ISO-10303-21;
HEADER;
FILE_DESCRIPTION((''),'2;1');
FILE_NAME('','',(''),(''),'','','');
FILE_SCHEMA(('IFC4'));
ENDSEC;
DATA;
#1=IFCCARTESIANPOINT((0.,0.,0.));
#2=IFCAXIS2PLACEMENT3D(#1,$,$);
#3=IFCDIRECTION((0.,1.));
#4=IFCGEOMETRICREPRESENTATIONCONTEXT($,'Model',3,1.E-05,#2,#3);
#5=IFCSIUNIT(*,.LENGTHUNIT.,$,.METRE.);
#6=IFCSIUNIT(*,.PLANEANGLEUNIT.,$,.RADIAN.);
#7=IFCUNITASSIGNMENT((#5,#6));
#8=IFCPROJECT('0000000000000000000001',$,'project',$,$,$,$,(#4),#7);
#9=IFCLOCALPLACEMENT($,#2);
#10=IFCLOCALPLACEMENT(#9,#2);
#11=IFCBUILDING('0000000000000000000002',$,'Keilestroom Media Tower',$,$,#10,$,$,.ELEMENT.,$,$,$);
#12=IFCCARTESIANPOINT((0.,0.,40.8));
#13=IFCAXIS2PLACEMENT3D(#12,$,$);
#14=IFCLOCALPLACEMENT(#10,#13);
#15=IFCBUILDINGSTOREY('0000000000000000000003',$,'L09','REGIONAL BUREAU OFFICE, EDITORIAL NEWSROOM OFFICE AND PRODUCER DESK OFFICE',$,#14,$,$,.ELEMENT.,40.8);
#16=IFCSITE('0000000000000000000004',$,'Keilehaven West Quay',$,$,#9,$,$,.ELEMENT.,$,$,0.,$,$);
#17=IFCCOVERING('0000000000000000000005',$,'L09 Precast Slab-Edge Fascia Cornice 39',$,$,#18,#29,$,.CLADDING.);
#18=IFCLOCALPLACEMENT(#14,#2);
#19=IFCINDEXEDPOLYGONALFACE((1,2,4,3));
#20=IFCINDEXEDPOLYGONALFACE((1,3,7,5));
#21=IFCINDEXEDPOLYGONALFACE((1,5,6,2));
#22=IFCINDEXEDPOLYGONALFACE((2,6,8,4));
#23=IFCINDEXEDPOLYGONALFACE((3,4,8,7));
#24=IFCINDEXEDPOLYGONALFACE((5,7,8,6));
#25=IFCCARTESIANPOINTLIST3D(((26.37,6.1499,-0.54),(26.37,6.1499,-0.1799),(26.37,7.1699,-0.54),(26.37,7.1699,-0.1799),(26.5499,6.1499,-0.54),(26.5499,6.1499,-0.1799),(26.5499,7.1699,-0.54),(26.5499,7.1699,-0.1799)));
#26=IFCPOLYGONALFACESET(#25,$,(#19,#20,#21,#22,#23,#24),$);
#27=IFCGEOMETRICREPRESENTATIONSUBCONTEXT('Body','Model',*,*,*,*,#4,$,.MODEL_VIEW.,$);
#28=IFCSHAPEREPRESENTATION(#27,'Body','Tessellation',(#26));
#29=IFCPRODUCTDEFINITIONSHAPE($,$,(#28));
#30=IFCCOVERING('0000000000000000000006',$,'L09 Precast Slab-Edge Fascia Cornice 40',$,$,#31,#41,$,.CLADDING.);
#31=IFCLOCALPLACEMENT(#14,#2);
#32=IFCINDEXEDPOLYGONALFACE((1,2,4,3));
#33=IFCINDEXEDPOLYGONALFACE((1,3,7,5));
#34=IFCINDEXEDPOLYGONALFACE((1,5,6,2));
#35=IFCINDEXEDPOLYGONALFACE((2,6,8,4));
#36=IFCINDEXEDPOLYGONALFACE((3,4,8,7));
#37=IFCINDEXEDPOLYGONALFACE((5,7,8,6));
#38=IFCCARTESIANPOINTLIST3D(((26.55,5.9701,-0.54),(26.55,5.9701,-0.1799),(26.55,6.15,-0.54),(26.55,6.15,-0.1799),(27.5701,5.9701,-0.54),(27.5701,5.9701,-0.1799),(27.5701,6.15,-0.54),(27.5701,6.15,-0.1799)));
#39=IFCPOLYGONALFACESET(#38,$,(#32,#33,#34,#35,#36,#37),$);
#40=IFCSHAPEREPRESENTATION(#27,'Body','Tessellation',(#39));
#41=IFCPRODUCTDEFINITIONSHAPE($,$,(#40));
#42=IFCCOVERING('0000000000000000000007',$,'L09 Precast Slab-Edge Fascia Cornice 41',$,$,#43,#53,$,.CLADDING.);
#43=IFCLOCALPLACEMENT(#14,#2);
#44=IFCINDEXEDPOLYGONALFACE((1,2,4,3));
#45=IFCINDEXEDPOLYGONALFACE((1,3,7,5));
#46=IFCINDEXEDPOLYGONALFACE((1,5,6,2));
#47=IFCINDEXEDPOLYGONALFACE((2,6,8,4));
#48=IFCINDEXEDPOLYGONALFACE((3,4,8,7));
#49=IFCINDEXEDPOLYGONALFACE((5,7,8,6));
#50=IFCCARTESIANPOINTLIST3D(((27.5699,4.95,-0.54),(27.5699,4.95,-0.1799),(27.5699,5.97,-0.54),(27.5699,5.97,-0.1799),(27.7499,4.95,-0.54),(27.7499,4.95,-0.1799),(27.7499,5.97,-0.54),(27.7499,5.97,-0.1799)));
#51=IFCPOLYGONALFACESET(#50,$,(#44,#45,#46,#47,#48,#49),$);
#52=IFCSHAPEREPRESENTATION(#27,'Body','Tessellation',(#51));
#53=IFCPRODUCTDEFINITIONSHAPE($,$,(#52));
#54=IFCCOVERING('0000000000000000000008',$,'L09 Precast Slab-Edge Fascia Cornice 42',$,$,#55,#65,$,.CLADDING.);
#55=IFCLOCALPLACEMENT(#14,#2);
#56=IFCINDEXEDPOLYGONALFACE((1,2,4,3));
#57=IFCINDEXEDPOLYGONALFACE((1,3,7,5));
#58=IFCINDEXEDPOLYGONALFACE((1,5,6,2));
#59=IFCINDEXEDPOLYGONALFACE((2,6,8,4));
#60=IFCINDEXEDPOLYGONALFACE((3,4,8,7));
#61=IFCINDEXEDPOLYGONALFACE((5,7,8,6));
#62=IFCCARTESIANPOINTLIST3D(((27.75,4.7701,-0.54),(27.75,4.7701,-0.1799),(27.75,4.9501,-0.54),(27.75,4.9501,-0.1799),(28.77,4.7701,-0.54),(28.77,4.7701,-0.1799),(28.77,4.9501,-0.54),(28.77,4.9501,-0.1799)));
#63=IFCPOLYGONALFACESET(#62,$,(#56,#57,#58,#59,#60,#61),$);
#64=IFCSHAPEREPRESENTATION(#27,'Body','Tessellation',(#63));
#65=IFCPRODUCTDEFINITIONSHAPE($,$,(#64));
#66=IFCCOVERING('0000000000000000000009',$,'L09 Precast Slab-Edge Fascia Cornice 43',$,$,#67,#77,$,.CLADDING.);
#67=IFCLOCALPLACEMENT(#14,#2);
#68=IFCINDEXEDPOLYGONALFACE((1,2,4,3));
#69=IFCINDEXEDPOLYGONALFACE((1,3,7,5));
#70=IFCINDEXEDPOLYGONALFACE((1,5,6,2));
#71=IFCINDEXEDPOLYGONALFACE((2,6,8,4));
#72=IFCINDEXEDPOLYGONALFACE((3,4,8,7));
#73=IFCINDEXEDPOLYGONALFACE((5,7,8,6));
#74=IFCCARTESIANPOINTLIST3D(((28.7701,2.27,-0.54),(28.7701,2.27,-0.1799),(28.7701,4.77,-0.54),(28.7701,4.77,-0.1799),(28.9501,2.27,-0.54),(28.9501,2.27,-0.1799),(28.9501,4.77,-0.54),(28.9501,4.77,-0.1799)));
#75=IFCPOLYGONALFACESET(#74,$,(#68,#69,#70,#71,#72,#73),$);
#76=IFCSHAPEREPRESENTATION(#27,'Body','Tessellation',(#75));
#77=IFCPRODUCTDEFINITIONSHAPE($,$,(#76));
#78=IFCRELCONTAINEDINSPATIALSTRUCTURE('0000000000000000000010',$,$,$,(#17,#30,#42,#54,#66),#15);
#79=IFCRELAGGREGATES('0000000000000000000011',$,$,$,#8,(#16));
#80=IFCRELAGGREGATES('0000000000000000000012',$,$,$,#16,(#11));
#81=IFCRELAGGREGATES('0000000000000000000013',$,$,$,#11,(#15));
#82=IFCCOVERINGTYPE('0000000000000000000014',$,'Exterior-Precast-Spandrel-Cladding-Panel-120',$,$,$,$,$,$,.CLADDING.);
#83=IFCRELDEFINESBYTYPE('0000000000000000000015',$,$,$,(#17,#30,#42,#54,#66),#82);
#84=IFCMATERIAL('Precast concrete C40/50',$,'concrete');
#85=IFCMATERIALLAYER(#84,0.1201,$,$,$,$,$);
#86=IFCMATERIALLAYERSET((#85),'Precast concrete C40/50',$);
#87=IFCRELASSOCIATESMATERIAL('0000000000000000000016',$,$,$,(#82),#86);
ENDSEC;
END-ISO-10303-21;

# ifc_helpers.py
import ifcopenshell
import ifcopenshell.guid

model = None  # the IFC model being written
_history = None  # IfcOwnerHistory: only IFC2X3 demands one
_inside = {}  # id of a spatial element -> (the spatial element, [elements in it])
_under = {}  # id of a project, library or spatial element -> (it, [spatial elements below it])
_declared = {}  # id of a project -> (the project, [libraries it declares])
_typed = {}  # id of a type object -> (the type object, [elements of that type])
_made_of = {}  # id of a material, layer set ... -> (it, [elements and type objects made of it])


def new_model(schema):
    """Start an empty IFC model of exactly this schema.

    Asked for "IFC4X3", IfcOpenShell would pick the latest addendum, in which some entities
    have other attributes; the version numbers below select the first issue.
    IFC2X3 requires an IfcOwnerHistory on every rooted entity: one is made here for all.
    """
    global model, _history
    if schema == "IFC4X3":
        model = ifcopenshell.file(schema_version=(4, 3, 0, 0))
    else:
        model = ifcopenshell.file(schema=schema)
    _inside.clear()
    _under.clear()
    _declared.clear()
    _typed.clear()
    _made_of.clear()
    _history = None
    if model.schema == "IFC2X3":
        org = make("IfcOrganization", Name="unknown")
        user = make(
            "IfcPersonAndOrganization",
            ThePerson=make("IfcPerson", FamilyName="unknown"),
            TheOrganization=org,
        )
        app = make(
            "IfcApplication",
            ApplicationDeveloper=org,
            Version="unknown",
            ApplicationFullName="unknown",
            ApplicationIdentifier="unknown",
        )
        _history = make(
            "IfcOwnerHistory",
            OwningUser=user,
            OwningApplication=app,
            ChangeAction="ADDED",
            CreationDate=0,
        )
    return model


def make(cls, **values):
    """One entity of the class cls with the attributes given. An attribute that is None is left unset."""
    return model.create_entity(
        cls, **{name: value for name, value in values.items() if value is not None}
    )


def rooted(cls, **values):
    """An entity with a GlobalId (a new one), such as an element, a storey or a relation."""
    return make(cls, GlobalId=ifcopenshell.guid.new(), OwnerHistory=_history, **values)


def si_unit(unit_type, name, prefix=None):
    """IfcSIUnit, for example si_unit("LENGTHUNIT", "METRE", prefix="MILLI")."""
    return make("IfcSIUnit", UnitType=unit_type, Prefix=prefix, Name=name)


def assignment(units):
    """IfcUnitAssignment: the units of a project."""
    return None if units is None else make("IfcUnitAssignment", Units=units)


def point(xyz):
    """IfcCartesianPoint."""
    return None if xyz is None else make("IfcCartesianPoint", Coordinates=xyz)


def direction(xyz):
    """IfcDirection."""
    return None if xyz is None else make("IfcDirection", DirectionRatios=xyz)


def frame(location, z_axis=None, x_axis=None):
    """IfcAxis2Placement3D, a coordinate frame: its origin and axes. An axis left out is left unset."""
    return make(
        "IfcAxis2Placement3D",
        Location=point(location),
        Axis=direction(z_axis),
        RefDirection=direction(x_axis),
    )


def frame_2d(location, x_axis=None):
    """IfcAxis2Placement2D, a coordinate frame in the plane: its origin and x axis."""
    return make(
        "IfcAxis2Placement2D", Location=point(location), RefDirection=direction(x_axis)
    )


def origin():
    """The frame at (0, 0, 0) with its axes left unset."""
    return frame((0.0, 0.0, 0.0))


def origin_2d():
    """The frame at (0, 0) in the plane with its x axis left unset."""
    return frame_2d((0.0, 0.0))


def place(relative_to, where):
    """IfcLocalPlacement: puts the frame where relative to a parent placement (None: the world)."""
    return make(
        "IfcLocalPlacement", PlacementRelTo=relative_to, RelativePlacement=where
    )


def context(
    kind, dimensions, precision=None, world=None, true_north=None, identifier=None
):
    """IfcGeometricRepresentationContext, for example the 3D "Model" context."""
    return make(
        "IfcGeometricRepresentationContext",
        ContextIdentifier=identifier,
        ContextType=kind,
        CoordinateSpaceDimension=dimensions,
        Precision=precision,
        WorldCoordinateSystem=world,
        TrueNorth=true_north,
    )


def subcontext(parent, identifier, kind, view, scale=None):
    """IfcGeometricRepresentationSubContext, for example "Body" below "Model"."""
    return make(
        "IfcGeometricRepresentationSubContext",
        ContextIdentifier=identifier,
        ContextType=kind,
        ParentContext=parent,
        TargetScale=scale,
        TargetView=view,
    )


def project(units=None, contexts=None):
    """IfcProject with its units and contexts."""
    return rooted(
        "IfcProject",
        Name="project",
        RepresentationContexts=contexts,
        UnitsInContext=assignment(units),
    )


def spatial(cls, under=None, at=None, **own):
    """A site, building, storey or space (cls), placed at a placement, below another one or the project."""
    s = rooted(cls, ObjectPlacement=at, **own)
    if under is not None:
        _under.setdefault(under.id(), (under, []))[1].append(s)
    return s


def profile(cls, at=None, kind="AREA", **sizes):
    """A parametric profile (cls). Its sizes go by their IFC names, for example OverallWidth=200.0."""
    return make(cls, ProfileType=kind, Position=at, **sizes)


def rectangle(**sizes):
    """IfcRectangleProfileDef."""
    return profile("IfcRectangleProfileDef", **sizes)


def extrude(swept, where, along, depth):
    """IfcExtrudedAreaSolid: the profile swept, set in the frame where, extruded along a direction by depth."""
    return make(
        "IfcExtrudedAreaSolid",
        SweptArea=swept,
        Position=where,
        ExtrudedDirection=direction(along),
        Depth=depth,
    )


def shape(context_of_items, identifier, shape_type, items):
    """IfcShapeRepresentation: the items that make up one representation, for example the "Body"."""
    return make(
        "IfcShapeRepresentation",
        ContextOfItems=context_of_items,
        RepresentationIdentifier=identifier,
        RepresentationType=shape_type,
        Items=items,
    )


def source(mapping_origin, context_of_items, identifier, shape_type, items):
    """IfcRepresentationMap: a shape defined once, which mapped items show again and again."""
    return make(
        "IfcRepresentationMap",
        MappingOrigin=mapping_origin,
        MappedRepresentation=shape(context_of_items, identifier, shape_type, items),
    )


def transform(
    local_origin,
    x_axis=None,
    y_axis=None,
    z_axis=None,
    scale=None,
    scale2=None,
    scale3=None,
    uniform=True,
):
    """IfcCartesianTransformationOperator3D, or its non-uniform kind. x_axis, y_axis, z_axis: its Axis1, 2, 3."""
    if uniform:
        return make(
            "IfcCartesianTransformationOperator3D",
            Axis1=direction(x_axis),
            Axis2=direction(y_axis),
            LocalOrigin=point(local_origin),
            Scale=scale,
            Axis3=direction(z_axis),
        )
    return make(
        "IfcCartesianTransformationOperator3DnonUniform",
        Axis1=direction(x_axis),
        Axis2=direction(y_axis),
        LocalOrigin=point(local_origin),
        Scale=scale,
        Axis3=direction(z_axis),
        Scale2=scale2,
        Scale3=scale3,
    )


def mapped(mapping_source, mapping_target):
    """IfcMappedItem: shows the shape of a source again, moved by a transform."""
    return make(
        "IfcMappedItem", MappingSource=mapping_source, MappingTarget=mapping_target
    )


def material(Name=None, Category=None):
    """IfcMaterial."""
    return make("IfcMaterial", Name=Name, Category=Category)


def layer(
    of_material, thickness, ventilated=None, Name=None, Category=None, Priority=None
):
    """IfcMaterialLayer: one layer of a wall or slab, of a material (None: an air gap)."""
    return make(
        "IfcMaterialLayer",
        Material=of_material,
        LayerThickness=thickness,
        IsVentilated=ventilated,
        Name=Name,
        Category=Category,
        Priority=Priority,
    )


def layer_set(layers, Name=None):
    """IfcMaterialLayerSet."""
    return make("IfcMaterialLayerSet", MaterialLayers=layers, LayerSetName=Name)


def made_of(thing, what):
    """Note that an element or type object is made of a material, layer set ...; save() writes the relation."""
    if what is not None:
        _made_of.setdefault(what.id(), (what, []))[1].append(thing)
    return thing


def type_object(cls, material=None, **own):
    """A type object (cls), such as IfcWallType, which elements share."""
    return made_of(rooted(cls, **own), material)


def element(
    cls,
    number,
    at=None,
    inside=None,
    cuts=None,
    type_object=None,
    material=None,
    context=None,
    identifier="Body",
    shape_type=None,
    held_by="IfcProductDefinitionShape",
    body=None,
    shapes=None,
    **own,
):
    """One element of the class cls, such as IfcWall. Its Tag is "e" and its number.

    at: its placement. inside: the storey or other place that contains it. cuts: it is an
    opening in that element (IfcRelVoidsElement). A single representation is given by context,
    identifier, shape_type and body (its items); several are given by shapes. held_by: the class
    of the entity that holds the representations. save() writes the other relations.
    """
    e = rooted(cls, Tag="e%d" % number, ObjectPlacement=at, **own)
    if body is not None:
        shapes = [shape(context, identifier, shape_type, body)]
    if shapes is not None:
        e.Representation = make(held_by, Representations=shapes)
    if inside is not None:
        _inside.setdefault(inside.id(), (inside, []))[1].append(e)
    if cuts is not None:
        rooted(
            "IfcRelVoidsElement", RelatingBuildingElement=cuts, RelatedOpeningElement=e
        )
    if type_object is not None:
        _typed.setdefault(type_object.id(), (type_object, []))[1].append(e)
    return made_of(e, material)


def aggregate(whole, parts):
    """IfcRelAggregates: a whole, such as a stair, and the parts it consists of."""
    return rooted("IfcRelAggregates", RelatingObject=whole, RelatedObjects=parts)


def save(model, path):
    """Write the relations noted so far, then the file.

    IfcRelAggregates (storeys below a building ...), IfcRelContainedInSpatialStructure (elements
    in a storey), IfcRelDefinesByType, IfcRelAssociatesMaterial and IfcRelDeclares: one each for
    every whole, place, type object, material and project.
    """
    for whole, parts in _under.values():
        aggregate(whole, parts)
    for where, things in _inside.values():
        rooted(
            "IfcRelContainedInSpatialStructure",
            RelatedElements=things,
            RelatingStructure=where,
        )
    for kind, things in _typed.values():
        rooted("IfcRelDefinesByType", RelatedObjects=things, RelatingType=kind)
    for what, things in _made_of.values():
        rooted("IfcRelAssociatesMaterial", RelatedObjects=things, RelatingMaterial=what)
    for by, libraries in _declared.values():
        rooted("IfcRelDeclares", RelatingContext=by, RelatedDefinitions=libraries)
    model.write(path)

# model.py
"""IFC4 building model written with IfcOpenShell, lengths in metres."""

from ifc_helpers import new_model, si_unit, direction, frame, origin, origin_2d, place, context, subcontext, project, spatial, rectangle, extrude, source, transform, mapped, material, layer, layer_set, type_object, element, save


model = new_model("IFC4")

# Units and contexts
model_context = context("Model", 3, precision=1e-05, world=origin(), true_north=direction((0.0, 1.0)))
body_context = subcontext(model_context, "Body", "Model", "MODEL_VIEW")
ifc_project = project(units=[si_unit("LENGTHUNIT", "METRE"), si_unit("PLANEANGLEUNIT", "RADIAN")], contexts=[model_context])

# Site, building, storey
site_placement = place(None, origin())
site = spatial("IfcSite", under=ifc_project, at=site_placement, Name="Keilehaven West Quay", CompositionType="ELEMENT", RefElevation=0.0)
building_placement = place(site_placement, origin())
building = spatial("IfcBuilding", under=site, at=building_placement, Name="Keilestroom Media Tower", CompositionType="ELEMENT")
storey_placement = place(building_placement, frame((0.0, 0.0, 40.8)))
storey = spatial("IfcBuildingStorey", under=building, at=storey_placement, Name="L09", Description="REGIONAL BUREAU OFFICE, EDITORIAL NEWSROOM OFFICE AND PRODUCER DESK OFFICE", CompositionType="ELEMENT", Elevation=40.8)

# Shared definitions
ifc_material_1 = material(Name="Precast concrete C40/50", Category="concrete")

# Coverings
ifc_layer_1 = layer(ifc_material_1, 0.1201)
ifc_layer_set_1 = layer_set([ifc_layer_1], Name="Precast concrete C40/50")
covering_type = type_object("IfcCoveringType", Name="Exterior-Precast-Spandrel-Cladding-Panel-120", PredefinedType="CLADDING", material=ifc_layer_set_1)
shared_shape_1 = source(origin(), body_context, "Body", "SweptSolid", [
    extrude(rectangle(XDim=1.02, YDim=0.1799, at=origin_2d()), origin(), (0.0, 0.0, 1.0), 0.3601),
])
for number, where, z_axis, x_axis, name in (
    (1, (26.46, 6.6599, -0.54), (0.0, 0.0, 1.0), (0.0, -1.0, 0.0), "L09 Precast Slab-Edge Fascia Cornice 39"),
    (2, (27.0601, 6.0601, -0.54), (0.0, 0.0, 1.0), (1.0, 0.0, 0.0), "L09 Precast Slab-Edge Fascia Cornice 40"),
    (3, (27.6599, 5.46, -0.54), (0.0, 0.0, 1.0), (0.0, -1.0, 0.0), "L09 Precast Slab-Edge Fascia Cornice 41"),
    (4, (28.26, 4.8601, -0.54), (0.0, 0.0, 1.0), (1.0, 0.0, 0.0), "L09 Precast Slab-Edge Fascia Cornice 42"),
):
    element("IfcCovering", number, at=place(storey_placement, frame(where, z_axis=z_axis, x_axis=x_axis)), inside=storey, type_object=covering_type, Name=name, PredefinedType="CLADDING", context=body_context, shape_type="MappedRepresentation", body=[
        mapped(shared_shape_1, transform((0.0, 0.0, 0.0), x_axis=(1.0, 0.0, 0.0), y_axis=(0.0, 1.0, 0.0), z_axis=(0.0, 0.0, 1.0), scale=1.0)),
    ])
shared_shape_2 = source(origin(), body_context, "Body", "SweptSolid", [
    extrude(rectangle(XDim=2.5, YDim=0.1799, at=origin_2d()), origin(), (0.0, 0.0, 1.0), 0.3601),
])
covering_placement = place(storey_placement, frame((28.8601, 3.52, -0.54), z_axis=(0.0, 0.0, 1.0), x_axis=(0.0, -1.0, 0.0)))
element("IfcCovering", 5, at=covering_placement, inside=storey, type_object=covering_type, Name="L09 Precast Slab-Edge Fascia Cornice 43", PredefinedType="CLADDING", context=body_context, shape_type="MappedRepresentation", body=[
    mapped(shared_shape_2, transform((0.0, 0.0, 0.0), x_axis=(1.0, 0.0, 0.0), y_axis=(0.0, 1.0, 0.0), z_axis=(0.0, 0.0, 1.0), scale=1.0)),
])

save(model, "model.ifc")
